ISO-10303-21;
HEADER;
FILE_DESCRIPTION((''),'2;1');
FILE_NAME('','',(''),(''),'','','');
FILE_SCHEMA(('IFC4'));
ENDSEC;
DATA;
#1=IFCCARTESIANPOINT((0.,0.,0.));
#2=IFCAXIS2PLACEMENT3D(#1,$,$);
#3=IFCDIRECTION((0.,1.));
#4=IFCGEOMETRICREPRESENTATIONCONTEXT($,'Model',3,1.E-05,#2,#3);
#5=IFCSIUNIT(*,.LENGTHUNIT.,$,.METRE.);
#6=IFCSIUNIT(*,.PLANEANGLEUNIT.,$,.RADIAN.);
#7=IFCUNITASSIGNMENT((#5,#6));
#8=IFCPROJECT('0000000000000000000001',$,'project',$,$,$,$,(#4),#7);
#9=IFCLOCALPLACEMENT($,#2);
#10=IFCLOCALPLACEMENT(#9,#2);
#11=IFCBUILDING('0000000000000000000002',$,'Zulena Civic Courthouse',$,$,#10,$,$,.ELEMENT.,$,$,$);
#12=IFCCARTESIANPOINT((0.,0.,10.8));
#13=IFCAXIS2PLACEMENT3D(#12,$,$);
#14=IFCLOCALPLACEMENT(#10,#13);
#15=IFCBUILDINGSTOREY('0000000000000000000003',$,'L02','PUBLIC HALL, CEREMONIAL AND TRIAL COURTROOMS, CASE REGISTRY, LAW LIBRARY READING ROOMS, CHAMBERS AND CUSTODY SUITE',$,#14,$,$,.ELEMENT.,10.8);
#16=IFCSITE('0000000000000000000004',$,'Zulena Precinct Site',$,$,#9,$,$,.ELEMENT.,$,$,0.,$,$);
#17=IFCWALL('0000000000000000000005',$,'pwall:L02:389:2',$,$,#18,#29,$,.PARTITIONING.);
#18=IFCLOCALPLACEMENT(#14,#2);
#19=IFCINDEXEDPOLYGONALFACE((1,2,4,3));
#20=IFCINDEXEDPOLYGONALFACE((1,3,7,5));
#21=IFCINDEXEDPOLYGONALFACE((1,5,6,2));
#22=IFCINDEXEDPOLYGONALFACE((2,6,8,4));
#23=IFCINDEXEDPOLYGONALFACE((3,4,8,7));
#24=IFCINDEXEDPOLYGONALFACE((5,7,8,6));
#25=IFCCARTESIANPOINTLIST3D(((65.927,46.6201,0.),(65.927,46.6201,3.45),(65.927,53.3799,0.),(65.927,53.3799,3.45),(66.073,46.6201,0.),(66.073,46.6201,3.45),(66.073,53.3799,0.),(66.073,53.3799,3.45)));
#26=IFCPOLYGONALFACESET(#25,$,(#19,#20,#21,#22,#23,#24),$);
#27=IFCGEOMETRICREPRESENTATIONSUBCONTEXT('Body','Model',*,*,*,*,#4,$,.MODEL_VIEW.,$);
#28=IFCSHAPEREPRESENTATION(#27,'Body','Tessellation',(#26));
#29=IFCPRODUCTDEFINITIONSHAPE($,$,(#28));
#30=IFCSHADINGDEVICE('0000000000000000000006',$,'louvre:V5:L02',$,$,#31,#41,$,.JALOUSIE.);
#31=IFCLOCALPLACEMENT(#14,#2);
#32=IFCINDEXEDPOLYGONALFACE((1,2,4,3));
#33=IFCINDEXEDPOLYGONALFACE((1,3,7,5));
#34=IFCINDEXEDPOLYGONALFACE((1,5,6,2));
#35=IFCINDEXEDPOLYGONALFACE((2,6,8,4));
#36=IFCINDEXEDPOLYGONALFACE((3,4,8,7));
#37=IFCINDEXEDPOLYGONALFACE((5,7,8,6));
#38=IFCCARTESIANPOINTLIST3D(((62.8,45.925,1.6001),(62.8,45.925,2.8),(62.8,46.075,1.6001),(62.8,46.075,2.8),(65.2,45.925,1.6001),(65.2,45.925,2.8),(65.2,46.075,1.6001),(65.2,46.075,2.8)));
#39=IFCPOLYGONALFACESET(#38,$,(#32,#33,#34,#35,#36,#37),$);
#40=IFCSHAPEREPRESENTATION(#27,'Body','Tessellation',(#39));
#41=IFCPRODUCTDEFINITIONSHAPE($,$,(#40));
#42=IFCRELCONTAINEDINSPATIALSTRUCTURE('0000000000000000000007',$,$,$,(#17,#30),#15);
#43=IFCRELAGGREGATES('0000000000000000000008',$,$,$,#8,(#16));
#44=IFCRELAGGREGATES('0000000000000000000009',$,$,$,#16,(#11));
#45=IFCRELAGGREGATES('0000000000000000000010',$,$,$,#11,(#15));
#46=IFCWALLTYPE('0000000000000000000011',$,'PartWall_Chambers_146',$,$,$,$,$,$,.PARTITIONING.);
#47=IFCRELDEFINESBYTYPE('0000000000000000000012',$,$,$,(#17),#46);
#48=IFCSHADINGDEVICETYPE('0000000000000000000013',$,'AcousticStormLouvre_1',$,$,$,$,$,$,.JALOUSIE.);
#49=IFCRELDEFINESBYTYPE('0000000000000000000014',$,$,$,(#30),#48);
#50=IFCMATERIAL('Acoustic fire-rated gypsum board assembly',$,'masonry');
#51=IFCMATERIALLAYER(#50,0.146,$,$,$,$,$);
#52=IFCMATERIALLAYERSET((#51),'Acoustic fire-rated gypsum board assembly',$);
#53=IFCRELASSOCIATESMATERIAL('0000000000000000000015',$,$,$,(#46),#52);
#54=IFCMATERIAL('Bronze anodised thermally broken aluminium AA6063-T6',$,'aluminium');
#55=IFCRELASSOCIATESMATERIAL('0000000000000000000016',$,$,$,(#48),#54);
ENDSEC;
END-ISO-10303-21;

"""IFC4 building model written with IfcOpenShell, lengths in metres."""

from ifc_helpers import new_model, si_unit, direction, frame, frame_2d, origin, origin_2d, place, context, subcontext, project, spatial, rectangle, extrude, material, layer, layer_set, type_object, element, save


model = new_model("IFC4")

# Units and contexts
model_context = context("Model", 3, precision=1e-05, world=origin(), true_north=direction((0.0, 1.0)))
body_context = subcontext(model_context, "Body", "Model", "MODEL_VIEW")
ifc_project = project(units=[si_unit("LENGTHUNIT", "METRE"), si_unit("PLANEANGLEUNIT", "RADIAN")], contexts=[model_context])

# Site, building, storey
site_placement = place(None, origin())
site = spatial("IfcSite", under=ifc_project, at=site_placement, Name="Zulena Precinct Site", CompositionType="ELEMENT", RefElevation=0.0)
building_placement = place(site_placement, origin())
building = spatial("IfcBuilding", under=site, at=building_placement, Name="Zulena Civic Courthouse", CompositionType="ELEMENT")
storey_placement = place(building_placement, frame((0.0, 0.0, 10.8)))
storey = spatial("IfcBuildingStorey", under=building, at=storey_placement, Name="L02", Description="PUBLIC HALL, CEREMONIAL AND TRIAL COURTROOMS, CASE REGISTRY, LAW LIBRARY READING ROOMS, CHAMBERS AND CUSTODY SUITE", CompositionType="ELEMENT", Elevation=10.8)

# Shared definitions
ifc_material_1 = material(Name="Bronze anodised thermally broken aluminium AA6063-T6", Category="aluminium")

# Wall
ifc_material_2 = material(Name="Acoustic fire-rated gypsum board assembly", Category="masonry")
ifc_layer_1 = layer(ifc_material_2, 0.146)
ifc_layer_set_1 = layer_set([ifc_layer_1], Name="Acoustic fire-rated gypsum board assembly")
wall_type = type_object("IfcWallType", Name="PartWall_Chambers_146", PredefinedType="PARTITIONING", material=ifc_layer_set_1)
wall_placement = place(storey_placement, frame((66.0, 46.6201, 0.0), z_axis=(0.0, 0.0, 1.0), x_axis=(0.0, 1.0, 0.0)))
element("IfcWall", 1, at=wall_placement, inside=storey, type_object=wall_type, Name="pwall:L02:389:2", PredefinedType="PARTITIONING", context=body_context, shape_type="SweptSolid", body=[
    extrude(rectangle(XDim=6.7598, YDim=0.146, at=frame_2d((3.3799, 0.0))), origin(), (0.0, 0.0, 1.0), 3.45),
])

# Shading device
shading_device_type = type_object("IfcShadingDeviceType", Name="AcousticStormLouvre_1", PredefinedType="JALOUSIE", material=ifc_material_1)
shading_device_placement = place(storey_placement, frame((64.0, 46.0, 1.6001), z_axis=(0.0, 0.0, 1.0), x_axis=(1.0, 0.0, 0.0)))
element("IfcShadingDevice", 2, at=shading_device_placement, inside=storey, type_object=shading_device_type, Name="louvre:V5:L02", PredefinedType="JALOUSIE", context=body_context, shape_type="SweptSolid", body=[
    extrude(rectangle(XDim=2.3999, YDim=0.1499, at=origin_2d()), origin(), (0.0, 0.0, 1.0), 1.2),
])

save(model, "model.ifc")
